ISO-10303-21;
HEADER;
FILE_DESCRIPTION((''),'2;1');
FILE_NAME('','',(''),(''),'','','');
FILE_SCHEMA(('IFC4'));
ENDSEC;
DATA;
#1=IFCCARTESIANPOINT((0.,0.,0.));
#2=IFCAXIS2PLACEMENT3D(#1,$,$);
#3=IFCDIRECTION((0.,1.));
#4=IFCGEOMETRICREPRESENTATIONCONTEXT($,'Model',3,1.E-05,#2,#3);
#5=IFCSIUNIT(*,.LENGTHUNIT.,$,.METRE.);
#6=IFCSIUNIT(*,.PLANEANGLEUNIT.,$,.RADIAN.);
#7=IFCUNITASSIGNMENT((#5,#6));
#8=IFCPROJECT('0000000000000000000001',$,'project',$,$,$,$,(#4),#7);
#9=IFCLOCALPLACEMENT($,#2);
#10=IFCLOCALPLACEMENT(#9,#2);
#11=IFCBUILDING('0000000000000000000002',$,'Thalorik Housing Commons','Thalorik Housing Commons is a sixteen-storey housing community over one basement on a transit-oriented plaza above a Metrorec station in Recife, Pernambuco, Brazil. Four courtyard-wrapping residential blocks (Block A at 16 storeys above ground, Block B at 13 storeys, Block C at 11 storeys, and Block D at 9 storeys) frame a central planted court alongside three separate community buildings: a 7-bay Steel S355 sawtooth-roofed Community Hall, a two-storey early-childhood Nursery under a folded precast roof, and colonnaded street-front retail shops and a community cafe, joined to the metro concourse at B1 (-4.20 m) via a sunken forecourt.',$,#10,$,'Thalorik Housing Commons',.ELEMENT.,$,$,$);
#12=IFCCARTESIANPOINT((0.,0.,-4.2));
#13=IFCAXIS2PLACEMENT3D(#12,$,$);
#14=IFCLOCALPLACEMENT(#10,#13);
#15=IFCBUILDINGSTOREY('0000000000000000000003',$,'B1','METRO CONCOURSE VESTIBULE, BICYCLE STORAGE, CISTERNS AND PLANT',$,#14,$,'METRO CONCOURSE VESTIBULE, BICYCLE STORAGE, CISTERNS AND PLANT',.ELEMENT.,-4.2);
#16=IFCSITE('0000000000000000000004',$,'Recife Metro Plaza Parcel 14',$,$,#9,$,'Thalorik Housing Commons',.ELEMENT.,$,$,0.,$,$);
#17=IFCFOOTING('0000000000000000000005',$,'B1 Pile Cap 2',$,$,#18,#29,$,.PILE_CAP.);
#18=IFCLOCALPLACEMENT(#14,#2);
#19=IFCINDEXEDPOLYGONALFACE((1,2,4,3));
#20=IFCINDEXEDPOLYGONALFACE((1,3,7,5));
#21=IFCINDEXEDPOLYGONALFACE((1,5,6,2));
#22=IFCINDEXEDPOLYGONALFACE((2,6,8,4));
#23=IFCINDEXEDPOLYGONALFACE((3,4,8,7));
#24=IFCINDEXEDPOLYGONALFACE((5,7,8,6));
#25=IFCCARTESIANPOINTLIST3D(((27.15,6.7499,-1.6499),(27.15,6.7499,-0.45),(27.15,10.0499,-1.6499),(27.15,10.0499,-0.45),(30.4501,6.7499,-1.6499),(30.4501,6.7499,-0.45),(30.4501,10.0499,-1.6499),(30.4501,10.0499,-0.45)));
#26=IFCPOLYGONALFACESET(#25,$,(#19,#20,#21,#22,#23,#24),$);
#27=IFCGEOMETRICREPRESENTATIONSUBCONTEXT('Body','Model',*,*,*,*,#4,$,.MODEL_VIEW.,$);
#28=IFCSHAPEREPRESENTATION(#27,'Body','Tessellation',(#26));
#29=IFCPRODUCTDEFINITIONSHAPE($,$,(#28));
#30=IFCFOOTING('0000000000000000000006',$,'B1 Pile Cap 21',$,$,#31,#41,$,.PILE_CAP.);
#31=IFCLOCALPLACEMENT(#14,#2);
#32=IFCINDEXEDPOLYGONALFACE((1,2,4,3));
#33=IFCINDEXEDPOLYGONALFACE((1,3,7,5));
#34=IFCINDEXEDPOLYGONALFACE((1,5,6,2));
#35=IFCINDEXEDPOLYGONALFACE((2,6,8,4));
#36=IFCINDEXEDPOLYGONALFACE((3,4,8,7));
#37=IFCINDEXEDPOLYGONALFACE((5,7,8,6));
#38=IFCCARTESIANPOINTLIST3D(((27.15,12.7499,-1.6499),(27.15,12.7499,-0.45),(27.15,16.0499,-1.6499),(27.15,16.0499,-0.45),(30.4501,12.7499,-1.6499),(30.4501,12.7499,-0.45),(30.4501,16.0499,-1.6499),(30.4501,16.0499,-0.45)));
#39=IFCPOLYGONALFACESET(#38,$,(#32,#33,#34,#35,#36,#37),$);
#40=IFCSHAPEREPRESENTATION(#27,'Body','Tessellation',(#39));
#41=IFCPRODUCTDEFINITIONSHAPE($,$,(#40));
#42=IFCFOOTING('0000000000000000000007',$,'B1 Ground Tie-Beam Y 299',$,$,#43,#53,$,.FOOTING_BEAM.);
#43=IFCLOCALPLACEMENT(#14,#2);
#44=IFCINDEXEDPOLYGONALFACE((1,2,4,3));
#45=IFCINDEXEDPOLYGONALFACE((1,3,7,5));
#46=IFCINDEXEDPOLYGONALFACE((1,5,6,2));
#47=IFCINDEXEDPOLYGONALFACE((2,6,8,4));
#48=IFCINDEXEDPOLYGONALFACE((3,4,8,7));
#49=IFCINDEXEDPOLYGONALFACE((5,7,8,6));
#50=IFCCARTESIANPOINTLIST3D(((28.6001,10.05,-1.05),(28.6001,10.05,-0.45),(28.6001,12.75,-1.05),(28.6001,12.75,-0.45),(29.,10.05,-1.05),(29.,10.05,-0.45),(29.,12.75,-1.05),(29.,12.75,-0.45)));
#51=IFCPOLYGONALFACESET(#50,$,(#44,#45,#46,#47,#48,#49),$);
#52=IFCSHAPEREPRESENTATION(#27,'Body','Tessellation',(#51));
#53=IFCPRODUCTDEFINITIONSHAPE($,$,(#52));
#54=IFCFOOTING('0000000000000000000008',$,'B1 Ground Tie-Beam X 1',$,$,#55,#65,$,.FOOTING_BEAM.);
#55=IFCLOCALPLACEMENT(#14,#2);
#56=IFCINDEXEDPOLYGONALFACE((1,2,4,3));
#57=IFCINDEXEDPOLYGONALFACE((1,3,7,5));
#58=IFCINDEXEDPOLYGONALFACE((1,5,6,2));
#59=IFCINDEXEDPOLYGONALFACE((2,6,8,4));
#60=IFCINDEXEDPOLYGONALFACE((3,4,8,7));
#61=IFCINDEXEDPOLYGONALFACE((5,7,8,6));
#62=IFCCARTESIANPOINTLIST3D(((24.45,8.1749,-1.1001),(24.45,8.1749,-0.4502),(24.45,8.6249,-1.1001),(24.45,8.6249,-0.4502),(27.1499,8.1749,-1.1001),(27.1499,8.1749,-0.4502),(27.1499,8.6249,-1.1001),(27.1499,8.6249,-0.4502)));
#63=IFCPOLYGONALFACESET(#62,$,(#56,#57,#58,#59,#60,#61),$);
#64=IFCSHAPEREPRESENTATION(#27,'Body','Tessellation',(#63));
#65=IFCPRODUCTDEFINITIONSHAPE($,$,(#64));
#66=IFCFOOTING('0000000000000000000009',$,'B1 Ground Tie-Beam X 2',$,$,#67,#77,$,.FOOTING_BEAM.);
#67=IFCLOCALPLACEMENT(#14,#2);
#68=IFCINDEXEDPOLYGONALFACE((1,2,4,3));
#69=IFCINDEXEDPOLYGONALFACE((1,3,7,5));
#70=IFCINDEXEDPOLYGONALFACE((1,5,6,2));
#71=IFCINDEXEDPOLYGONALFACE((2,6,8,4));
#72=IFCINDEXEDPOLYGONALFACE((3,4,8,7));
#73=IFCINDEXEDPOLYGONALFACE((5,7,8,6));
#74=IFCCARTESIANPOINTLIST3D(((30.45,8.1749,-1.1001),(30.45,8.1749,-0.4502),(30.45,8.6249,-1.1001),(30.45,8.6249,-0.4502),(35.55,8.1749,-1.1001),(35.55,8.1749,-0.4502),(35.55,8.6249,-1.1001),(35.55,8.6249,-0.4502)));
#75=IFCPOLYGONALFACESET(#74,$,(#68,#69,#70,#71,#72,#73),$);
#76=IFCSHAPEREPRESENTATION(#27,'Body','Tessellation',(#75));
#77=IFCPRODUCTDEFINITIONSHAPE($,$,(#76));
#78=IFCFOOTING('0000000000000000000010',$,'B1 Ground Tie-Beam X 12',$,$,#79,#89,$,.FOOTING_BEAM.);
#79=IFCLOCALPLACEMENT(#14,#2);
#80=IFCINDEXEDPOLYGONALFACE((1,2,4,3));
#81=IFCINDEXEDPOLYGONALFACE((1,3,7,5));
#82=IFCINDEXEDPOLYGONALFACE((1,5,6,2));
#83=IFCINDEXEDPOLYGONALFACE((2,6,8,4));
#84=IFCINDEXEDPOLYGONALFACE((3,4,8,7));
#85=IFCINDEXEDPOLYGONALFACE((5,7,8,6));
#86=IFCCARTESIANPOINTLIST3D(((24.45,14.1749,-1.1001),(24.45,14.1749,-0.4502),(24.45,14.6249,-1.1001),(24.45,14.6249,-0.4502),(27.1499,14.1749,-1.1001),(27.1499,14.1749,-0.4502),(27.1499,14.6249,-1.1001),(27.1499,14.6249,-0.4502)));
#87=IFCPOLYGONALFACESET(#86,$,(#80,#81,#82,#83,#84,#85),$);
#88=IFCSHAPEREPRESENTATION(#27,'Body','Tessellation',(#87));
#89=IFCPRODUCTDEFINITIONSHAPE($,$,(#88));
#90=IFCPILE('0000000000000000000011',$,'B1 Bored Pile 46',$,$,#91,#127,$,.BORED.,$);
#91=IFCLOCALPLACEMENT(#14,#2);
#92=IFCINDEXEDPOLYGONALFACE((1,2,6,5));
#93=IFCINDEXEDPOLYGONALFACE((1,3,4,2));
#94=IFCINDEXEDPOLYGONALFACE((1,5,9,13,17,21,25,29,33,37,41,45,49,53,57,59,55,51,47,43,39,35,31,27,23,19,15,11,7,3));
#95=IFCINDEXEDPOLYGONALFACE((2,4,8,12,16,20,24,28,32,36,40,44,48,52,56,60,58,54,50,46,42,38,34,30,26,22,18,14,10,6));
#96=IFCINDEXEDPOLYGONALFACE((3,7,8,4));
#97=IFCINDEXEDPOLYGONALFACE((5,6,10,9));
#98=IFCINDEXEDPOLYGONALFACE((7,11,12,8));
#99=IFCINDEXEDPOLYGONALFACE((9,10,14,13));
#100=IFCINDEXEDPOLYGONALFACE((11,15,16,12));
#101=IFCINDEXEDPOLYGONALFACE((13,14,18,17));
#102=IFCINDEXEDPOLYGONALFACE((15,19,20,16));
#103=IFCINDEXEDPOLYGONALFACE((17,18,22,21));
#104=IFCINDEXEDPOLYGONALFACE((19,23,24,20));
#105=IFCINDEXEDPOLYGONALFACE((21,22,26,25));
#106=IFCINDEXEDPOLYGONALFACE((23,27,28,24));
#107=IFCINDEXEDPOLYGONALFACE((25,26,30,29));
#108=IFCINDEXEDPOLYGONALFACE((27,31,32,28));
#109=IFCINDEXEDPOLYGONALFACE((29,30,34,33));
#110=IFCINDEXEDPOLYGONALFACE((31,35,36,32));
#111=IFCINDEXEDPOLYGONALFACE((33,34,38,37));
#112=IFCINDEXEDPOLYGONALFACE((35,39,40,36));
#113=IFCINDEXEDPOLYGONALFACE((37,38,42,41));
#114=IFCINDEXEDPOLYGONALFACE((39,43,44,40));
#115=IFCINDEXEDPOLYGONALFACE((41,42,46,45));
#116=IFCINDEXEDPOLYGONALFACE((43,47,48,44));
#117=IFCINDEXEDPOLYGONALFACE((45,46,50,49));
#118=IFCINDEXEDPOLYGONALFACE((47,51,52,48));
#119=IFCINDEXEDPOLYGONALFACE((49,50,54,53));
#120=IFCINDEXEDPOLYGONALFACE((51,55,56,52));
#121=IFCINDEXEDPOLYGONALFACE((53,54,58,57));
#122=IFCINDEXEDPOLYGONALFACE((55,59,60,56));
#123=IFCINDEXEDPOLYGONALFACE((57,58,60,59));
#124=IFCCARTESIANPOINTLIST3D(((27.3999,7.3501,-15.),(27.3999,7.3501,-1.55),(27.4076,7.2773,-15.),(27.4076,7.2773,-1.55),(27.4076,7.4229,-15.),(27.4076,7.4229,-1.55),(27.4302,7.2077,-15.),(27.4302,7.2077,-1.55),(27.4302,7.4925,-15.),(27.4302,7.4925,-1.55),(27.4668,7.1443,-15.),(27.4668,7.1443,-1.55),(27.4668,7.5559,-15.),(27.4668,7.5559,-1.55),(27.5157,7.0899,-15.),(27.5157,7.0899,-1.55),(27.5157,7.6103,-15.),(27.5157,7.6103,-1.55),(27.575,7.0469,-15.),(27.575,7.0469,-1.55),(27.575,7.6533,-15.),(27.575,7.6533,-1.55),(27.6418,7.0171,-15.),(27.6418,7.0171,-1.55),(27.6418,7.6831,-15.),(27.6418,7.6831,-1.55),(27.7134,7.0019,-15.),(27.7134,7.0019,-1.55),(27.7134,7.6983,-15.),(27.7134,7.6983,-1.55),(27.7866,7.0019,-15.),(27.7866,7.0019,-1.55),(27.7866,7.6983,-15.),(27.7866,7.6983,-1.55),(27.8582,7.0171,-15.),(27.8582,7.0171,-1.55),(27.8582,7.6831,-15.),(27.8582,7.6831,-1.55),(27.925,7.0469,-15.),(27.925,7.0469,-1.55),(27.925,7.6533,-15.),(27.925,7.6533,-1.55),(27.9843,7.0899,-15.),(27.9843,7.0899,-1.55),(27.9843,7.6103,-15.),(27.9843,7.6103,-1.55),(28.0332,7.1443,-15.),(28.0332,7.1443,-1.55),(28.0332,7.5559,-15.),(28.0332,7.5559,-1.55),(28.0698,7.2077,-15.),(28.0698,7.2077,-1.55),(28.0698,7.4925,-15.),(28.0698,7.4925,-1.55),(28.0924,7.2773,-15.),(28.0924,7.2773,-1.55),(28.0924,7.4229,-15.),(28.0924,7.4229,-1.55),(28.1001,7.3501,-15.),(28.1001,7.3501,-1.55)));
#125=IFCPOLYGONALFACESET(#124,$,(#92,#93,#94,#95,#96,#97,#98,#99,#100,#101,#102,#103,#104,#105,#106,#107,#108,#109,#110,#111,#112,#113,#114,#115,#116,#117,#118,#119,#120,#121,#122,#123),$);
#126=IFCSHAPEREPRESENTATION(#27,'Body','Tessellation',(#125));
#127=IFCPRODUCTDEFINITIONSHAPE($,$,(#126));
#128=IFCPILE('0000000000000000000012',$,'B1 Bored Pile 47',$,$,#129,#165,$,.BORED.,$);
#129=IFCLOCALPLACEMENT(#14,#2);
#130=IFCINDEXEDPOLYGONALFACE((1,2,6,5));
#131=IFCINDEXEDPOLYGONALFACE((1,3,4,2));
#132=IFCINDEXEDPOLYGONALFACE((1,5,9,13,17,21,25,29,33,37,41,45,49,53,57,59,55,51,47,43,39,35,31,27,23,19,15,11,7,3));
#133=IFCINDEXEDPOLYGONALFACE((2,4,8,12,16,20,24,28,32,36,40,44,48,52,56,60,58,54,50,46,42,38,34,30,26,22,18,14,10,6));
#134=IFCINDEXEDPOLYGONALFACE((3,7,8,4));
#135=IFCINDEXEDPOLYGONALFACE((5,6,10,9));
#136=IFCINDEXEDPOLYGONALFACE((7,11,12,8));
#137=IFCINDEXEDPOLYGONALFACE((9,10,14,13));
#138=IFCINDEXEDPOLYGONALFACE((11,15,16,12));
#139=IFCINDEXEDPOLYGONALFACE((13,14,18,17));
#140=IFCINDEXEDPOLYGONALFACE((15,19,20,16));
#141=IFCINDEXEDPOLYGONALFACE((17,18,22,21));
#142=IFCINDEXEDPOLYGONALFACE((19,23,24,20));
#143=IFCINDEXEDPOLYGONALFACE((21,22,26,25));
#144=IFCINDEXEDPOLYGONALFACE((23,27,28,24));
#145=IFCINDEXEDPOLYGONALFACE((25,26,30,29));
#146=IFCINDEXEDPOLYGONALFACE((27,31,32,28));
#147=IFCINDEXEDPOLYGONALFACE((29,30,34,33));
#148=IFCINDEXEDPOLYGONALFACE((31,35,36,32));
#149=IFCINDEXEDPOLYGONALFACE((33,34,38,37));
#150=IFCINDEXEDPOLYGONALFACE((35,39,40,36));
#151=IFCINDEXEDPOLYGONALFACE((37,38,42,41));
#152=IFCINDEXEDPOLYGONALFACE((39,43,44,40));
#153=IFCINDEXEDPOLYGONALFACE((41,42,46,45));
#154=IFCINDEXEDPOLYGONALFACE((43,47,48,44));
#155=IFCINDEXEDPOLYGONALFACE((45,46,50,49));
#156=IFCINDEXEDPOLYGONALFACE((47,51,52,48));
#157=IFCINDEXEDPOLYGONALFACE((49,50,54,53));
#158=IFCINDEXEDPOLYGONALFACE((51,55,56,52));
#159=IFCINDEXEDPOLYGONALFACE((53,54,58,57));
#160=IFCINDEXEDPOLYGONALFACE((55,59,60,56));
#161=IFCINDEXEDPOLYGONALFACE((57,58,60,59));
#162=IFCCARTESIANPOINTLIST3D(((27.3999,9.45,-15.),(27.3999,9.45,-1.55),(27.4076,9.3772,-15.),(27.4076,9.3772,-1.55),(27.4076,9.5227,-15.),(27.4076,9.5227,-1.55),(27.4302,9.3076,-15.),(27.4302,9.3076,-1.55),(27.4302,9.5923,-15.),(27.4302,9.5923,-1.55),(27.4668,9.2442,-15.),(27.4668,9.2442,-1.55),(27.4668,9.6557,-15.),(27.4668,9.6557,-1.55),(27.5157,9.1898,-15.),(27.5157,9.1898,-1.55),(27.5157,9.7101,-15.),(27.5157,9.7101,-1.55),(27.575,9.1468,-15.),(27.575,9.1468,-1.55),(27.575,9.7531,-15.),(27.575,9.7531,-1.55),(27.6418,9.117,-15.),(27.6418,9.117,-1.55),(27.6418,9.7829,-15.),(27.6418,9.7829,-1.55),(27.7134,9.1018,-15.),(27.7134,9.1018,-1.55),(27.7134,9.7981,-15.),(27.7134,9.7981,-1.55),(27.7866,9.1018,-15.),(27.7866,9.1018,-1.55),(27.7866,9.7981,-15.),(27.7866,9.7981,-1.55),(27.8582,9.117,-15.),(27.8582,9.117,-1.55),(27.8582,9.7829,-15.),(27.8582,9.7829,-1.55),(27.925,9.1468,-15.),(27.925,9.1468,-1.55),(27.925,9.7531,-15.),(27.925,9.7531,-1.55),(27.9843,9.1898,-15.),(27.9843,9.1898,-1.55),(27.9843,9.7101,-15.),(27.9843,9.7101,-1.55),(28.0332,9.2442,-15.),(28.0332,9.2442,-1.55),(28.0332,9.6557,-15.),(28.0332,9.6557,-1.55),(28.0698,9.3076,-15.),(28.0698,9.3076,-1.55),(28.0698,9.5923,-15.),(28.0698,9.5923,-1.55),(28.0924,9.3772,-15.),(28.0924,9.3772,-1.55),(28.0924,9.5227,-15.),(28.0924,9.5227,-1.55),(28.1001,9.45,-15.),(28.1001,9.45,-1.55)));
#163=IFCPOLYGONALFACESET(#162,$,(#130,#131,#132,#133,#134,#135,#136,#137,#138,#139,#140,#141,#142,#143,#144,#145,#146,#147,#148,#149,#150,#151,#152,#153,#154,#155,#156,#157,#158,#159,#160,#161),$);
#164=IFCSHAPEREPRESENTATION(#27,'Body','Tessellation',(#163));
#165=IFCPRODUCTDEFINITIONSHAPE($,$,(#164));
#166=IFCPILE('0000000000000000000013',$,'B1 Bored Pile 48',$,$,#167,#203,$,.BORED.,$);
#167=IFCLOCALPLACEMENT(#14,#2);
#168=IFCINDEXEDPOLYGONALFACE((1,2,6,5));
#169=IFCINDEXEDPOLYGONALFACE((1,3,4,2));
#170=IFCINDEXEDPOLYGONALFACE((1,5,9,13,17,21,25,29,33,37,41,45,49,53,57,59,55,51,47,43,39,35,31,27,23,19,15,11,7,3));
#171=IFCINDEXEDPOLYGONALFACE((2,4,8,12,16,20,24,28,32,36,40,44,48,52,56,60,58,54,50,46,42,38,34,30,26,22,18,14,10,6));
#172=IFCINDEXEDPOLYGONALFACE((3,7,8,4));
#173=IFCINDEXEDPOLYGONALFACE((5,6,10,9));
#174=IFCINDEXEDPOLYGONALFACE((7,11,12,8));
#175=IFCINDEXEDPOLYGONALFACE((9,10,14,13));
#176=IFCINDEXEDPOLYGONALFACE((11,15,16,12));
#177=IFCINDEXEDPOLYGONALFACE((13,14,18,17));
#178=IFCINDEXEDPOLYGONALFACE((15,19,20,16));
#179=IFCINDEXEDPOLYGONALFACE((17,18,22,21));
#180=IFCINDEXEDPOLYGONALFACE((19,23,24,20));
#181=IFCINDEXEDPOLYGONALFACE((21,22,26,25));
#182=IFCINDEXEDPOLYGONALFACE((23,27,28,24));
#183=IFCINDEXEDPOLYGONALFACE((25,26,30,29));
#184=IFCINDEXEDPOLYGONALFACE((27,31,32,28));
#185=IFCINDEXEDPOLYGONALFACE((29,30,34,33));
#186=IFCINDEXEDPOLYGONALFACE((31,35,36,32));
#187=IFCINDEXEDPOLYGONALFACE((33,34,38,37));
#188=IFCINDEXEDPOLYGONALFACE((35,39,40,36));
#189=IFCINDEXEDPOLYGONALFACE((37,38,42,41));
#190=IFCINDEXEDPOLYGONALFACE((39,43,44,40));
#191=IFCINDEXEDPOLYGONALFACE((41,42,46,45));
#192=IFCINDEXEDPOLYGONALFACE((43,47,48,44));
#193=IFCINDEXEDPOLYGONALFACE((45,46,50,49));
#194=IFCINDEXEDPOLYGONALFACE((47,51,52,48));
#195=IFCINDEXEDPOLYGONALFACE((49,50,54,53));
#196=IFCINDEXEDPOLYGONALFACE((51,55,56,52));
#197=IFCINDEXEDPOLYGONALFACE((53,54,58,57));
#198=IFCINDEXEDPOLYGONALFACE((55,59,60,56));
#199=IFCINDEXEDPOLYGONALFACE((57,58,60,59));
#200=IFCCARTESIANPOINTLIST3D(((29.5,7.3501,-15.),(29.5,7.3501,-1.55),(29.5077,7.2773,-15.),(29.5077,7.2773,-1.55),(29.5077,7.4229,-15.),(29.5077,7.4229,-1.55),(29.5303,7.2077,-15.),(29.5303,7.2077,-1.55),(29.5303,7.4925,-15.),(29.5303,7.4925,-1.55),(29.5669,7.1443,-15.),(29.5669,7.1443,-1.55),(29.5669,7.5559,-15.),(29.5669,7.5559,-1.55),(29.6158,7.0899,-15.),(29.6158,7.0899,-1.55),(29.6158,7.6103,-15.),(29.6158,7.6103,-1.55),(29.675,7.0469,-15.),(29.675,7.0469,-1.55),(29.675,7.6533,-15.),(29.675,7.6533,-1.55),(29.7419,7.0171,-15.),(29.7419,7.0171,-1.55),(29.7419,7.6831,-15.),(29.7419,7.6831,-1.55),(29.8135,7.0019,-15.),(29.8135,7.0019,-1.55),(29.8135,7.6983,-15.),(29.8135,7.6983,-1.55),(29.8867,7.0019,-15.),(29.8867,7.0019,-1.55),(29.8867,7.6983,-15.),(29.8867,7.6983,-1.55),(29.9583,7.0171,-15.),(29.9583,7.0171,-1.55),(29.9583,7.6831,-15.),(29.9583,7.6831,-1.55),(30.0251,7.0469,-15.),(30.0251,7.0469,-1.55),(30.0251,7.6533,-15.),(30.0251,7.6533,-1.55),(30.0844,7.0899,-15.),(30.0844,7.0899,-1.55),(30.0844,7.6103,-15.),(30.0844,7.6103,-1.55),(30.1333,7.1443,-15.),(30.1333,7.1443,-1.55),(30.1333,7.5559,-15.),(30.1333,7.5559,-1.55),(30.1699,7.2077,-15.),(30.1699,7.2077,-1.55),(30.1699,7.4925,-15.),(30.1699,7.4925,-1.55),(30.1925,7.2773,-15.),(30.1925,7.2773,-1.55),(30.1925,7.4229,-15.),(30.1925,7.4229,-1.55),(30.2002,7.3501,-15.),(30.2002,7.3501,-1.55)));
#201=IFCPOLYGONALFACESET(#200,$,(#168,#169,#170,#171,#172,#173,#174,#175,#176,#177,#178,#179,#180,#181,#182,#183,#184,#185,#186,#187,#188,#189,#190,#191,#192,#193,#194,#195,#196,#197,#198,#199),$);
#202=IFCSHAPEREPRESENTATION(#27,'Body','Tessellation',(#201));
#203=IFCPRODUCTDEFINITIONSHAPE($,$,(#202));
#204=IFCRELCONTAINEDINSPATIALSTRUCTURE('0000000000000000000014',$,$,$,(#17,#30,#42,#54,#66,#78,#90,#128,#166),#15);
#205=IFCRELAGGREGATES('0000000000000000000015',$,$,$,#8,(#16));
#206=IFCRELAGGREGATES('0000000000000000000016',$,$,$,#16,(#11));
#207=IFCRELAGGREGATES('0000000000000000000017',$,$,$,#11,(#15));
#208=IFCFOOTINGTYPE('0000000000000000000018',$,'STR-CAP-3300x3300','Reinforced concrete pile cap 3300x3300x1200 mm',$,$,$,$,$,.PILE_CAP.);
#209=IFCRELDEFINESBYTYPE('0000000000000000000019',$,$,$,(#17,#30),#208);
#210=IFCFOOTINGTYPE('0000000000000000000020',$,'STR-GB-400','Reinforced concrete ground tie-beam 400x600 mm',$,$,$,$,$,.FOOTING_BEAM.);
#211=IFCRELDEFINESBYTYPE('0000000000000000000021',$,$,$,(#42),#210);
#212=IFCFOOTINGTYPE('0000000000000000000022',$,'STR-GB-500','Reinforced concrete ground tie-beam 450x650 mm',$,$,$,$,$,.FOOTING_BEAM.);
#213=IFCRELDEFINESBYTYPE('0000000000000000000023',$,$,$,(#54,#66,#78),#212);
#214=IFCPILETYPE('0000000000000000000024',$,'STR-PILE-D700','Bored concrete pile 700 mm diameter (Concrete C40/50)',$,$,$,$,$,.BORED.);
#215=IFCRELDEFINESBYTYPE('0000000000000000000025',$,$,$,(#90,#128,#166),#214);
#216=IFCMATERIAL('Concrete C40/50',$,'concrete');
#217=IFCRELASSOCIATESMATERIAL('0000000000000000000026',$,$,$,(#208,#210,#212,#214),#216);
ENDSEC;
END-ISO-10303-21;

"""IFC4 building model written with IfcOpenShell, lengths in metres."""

from ifc_helpers import new_model, si_unit, direction, frame, origin, origin_2d, place, context, subcontext, project, spatial, rectangle, circle, extrude, material, material_profile, profile_set, type_object, element, save


model = new_model("IFC4")

# Units and contexts
model_context = context("Model", 3, precision=1e-05, world=origin(), true_north=direction((0.0, 1.0)))
body_context = subcontext(model_context, "Body", "Model", "MODEL_VIEW")
ifc_project = project(units=[si_unit("LENGTHUNIT", "METRE"), si_unit("PLANEANGLEUNIT", "RADIAN")], contexts=[model_context])

# Site, building, storey
site_placement = place(None, origin())
site = spatial("IfcSite", under=ifc_project, at=site_placement, Name="Recife Metro Plaza Parcel 14", LongName="Thalorik Housing Commons", CompositionType="ELEMENT", RefElevation=0.0)
building_placement = place(site_placement, origin())
building = spatial("IfcBuilding", under=site, at=building_placement, Name="Thalorik Housing Commons", Description="Thalorik Housing Commons is a sixteen-storey housing community over one basement on a transit-oriented plaza above a Metrorec station in Recife, Pernambuco, Brazil. Four courtyard-wrapping residential blocks (Block A at 16 storeys above ground, Block B at 13 storeys, Block C at 11 storeys, and Block D at 9 storeys) frame a central planted court alongside three separate community buildings: a 7-bay Steel S355 sawtooth-roofed Community Hall, a two-storey early-childhood Nursery under a folded precast roof, and colonnaded street-front retail shops and a community cafe, joined to the metro concourse at B1 (-4.20 m) via a sunken forecourt.", LongName="Thalorik Housing Commons", CompositionType="ELEMENT")
storey_placement = place(building_placement, frame((0.0, 0.0, -4.2)))
storey = spatial("IfcBuildingStorey", under=building, at=storey_placement, Name="B1", Description="METRO CONCOURSE VESTIBULE, BICYCLE STORAGE, CISTERNS AND PLANT", LongName="METRO CONCOURSE VESTIBULE, BICYCLE STORAGE, CISTERNS AND PLANT", CompositionType="ELEMENT", Elevation=-4.2)

# Footings
ifc_material_1 = material(Name="Concrete C40/50", Category="concrete")
footing_type_1 = type_object("IfcFootingType", Name="STR-CAP-3300x3300", Description="Reinforced concrete pile cap 3300x3300x1200 mm", PredefinedType="PILE_CAP", material=ifc_material_1)
for number, where, z_axis, x_axis, name in (
    (1, (28.8, 8.3999, -1.6499), (0.0, 0.0, 1.0), (1.0, 0.0, 0.0), "B1 Pile Cap 2"),
    (2, (28.8, 14.3999, -1.6499), (0.0, 0.0, 1.0), (1.0, 0.0, 0.0), "B1 Pile Cap 21"),
):
    element("IfcFooting", number, at=place(storey_placement, frame(where, z_axis=z_axis, x_axis=x_axis)), inside=storey, type_object=footing_type_1, Name=name, PredefinedType="PILE_CAP", context=body_context, shape_type="SweptSolid", body=[
        extrude(rectangle(XDim=3.3, YDim=3.3, at=origin_2d()), origin(), (0.0, 0.0, 1.0), 1.2),
    ])
ifc_material_profile_1 = material_profile(ifc_material_1, rectangle(XDim=0.3999, YDim=0.6001, at=origin_2d()), Name="RC 400x600", Category="concrete")
ifc_profile_set_1 = profile_set([ifc_material_profile_1], Name="Concrete C40/50")
footing_type_2 = type_object("IfcFootingType", Name="STR-GB-400", Description="Reinforced concrete ground tie-beam 400x600 mm", PredefinedType="FOOTING_BEAM", material=ifc_profile_set_1)
footing_1_placement = place(storey_placement, frame((28.8, 10.05, -0.75), z_axis=(0.0, 1.0, 0.0), x_axis=(-1.0, 0.0, 0.0)))
element("IfcFooting", 3, at=footing_1_placement, inside=storey, type_object=footing_type_2, Name="B1 Ground Tie-Beam Y 299", PredefinedType="FOOTING_BEAM", context=body_context, shape_type="SweptSolid", body=[
    extrude(rectangle(XDim=0.3999, YDim=0.6001, at=origin_2d()), origin(), (0.0, 0.0, 1.0), 2.7),
])
ifc_material_profile_2 = material_profile(ifc_material_1, rectangle(XDim=0.45, YDim=0.6499, at=origin_2d()), Name="RC 450x650", Category="concrete")
ifc_profile_set_2 = profile_set([ifc_material_profile_2], Name="Concrete C40/50")
footing_type_3 = type_object("IfcFootingType", Name="STR-GB-500", Description="Reinforced concrete ground tie-beam 450x650 mm", PredefinedType="FOOTING_BEAM", material=ifc_profile_set_2)
footing_2_placement = place(storey_placement, frame((24.45, 8.3999, -0.7751), z_axis=(1.0, 0.0, 0.0), x_axis=(0.0, 1.0, 0.0)))
element("IfcFooting", 4, at=footing_2_placement, inside=storey, type_object=footing_type_3, Name="B1 Ground Tie-Beam X 1", PredefinedType="FOOTING_BEAM", context=body_context, shape_type="SweptSolid", body=[
    extrude(rectangle(XDim=0.45, YDim=0.6499, at=origin_2d()), origin(), (0.0, 0.0, 1.0), 2.7),
])
footing_3_placement = place(storey_placement, frame((30.45, 8.3999, -0.7751), z_axis=(1.0, 0.0, 0.0), x_axis=(0.0, 1.0, 0.0)))
element("IfcFooting", 5, at=footing_3_placement, inside=storey, type_object=footing_type_3, Name="B1 Ground Tie-Beam X 2", PredefinedType="FOOTING_BEAM", context=body_context, shape_type="SweptSolid", body=[
    extrude(rectangle(XDim=0.45, YDim=0.6499, at=origin_2d()), origin(), (0.0, 0.0, 1.0), 5.1001),
])
footing_4_placement = place(storey_placement, frame((24.45, 14.3999, -0.7751), z_axis=(1.0, 0.0, 0.0), x_axis=(0.0, 1.0, 0.0)))
element("IfcFooting", 6, at=footing_4_placement, inside=storey, type_object=footing_type_3, Name="B1 Ground Tie-Beam X 12", PredefinedType="FOOTING_BEAM", context=body_context, shape_type="SweptSolid", body=[
    extrude(rectangle(XDim=0.45, YDim=0.6499, at=origin_2d()), origin(), (0.0, 0.0, 1.0), 2.7),
])

# Piles
ifc_material_profile_3 = material_profile(ifc_material_1, circle(Radius=0.3501, at=origin_2d()), Name="BORED PILE D700", Category="concrete")
ifc_profile_set_3 = profile_set([ifc_material_profile_3], Name="Concrete C40/50")
pile_type_1 = type_object("IfcPileType", Name="STR-PILE-D700", Description="Bored concrete pile 700 mm diameter (Concrete C40/50)", PredefinedType="BORED", material=ifc_profile_set_3)
for number, where, z_axis, x_axis, name in (
    (7, (27.75, 7.3501, -1.55), (0.0, 0.0, -1.0), (1.0, 0.0, 0.0), "B1 Bored Pile 46"),
    (8, (27.75, 9.45, -1.55), (0.0, 0.0, -1.0), (1.0, 0.0, 0.0), "B1 Bored Pile 47"),
    (9, (29.8501, 7.3501, -1.55), (0.0, 0.0, -1.0), (1.0, 0.0, 0.0), "B1 Bored Pile 48"),
):
    element("IfcPile", number, at=place(storey_placement, frame(where, z_axis=z_axis, x_axis=x_axis)), inside=storey, type_object=pile_type_1, Name=name, PredefinedType="BORED", context=body_context, shape_type="SweptSolid", body=[
        extrude(circle(Radius=0.3501, at=origin_2d()), origin(), (0.0, 0.0, 1.0), 13.45),
    ])

save(model, "model.ifc")
